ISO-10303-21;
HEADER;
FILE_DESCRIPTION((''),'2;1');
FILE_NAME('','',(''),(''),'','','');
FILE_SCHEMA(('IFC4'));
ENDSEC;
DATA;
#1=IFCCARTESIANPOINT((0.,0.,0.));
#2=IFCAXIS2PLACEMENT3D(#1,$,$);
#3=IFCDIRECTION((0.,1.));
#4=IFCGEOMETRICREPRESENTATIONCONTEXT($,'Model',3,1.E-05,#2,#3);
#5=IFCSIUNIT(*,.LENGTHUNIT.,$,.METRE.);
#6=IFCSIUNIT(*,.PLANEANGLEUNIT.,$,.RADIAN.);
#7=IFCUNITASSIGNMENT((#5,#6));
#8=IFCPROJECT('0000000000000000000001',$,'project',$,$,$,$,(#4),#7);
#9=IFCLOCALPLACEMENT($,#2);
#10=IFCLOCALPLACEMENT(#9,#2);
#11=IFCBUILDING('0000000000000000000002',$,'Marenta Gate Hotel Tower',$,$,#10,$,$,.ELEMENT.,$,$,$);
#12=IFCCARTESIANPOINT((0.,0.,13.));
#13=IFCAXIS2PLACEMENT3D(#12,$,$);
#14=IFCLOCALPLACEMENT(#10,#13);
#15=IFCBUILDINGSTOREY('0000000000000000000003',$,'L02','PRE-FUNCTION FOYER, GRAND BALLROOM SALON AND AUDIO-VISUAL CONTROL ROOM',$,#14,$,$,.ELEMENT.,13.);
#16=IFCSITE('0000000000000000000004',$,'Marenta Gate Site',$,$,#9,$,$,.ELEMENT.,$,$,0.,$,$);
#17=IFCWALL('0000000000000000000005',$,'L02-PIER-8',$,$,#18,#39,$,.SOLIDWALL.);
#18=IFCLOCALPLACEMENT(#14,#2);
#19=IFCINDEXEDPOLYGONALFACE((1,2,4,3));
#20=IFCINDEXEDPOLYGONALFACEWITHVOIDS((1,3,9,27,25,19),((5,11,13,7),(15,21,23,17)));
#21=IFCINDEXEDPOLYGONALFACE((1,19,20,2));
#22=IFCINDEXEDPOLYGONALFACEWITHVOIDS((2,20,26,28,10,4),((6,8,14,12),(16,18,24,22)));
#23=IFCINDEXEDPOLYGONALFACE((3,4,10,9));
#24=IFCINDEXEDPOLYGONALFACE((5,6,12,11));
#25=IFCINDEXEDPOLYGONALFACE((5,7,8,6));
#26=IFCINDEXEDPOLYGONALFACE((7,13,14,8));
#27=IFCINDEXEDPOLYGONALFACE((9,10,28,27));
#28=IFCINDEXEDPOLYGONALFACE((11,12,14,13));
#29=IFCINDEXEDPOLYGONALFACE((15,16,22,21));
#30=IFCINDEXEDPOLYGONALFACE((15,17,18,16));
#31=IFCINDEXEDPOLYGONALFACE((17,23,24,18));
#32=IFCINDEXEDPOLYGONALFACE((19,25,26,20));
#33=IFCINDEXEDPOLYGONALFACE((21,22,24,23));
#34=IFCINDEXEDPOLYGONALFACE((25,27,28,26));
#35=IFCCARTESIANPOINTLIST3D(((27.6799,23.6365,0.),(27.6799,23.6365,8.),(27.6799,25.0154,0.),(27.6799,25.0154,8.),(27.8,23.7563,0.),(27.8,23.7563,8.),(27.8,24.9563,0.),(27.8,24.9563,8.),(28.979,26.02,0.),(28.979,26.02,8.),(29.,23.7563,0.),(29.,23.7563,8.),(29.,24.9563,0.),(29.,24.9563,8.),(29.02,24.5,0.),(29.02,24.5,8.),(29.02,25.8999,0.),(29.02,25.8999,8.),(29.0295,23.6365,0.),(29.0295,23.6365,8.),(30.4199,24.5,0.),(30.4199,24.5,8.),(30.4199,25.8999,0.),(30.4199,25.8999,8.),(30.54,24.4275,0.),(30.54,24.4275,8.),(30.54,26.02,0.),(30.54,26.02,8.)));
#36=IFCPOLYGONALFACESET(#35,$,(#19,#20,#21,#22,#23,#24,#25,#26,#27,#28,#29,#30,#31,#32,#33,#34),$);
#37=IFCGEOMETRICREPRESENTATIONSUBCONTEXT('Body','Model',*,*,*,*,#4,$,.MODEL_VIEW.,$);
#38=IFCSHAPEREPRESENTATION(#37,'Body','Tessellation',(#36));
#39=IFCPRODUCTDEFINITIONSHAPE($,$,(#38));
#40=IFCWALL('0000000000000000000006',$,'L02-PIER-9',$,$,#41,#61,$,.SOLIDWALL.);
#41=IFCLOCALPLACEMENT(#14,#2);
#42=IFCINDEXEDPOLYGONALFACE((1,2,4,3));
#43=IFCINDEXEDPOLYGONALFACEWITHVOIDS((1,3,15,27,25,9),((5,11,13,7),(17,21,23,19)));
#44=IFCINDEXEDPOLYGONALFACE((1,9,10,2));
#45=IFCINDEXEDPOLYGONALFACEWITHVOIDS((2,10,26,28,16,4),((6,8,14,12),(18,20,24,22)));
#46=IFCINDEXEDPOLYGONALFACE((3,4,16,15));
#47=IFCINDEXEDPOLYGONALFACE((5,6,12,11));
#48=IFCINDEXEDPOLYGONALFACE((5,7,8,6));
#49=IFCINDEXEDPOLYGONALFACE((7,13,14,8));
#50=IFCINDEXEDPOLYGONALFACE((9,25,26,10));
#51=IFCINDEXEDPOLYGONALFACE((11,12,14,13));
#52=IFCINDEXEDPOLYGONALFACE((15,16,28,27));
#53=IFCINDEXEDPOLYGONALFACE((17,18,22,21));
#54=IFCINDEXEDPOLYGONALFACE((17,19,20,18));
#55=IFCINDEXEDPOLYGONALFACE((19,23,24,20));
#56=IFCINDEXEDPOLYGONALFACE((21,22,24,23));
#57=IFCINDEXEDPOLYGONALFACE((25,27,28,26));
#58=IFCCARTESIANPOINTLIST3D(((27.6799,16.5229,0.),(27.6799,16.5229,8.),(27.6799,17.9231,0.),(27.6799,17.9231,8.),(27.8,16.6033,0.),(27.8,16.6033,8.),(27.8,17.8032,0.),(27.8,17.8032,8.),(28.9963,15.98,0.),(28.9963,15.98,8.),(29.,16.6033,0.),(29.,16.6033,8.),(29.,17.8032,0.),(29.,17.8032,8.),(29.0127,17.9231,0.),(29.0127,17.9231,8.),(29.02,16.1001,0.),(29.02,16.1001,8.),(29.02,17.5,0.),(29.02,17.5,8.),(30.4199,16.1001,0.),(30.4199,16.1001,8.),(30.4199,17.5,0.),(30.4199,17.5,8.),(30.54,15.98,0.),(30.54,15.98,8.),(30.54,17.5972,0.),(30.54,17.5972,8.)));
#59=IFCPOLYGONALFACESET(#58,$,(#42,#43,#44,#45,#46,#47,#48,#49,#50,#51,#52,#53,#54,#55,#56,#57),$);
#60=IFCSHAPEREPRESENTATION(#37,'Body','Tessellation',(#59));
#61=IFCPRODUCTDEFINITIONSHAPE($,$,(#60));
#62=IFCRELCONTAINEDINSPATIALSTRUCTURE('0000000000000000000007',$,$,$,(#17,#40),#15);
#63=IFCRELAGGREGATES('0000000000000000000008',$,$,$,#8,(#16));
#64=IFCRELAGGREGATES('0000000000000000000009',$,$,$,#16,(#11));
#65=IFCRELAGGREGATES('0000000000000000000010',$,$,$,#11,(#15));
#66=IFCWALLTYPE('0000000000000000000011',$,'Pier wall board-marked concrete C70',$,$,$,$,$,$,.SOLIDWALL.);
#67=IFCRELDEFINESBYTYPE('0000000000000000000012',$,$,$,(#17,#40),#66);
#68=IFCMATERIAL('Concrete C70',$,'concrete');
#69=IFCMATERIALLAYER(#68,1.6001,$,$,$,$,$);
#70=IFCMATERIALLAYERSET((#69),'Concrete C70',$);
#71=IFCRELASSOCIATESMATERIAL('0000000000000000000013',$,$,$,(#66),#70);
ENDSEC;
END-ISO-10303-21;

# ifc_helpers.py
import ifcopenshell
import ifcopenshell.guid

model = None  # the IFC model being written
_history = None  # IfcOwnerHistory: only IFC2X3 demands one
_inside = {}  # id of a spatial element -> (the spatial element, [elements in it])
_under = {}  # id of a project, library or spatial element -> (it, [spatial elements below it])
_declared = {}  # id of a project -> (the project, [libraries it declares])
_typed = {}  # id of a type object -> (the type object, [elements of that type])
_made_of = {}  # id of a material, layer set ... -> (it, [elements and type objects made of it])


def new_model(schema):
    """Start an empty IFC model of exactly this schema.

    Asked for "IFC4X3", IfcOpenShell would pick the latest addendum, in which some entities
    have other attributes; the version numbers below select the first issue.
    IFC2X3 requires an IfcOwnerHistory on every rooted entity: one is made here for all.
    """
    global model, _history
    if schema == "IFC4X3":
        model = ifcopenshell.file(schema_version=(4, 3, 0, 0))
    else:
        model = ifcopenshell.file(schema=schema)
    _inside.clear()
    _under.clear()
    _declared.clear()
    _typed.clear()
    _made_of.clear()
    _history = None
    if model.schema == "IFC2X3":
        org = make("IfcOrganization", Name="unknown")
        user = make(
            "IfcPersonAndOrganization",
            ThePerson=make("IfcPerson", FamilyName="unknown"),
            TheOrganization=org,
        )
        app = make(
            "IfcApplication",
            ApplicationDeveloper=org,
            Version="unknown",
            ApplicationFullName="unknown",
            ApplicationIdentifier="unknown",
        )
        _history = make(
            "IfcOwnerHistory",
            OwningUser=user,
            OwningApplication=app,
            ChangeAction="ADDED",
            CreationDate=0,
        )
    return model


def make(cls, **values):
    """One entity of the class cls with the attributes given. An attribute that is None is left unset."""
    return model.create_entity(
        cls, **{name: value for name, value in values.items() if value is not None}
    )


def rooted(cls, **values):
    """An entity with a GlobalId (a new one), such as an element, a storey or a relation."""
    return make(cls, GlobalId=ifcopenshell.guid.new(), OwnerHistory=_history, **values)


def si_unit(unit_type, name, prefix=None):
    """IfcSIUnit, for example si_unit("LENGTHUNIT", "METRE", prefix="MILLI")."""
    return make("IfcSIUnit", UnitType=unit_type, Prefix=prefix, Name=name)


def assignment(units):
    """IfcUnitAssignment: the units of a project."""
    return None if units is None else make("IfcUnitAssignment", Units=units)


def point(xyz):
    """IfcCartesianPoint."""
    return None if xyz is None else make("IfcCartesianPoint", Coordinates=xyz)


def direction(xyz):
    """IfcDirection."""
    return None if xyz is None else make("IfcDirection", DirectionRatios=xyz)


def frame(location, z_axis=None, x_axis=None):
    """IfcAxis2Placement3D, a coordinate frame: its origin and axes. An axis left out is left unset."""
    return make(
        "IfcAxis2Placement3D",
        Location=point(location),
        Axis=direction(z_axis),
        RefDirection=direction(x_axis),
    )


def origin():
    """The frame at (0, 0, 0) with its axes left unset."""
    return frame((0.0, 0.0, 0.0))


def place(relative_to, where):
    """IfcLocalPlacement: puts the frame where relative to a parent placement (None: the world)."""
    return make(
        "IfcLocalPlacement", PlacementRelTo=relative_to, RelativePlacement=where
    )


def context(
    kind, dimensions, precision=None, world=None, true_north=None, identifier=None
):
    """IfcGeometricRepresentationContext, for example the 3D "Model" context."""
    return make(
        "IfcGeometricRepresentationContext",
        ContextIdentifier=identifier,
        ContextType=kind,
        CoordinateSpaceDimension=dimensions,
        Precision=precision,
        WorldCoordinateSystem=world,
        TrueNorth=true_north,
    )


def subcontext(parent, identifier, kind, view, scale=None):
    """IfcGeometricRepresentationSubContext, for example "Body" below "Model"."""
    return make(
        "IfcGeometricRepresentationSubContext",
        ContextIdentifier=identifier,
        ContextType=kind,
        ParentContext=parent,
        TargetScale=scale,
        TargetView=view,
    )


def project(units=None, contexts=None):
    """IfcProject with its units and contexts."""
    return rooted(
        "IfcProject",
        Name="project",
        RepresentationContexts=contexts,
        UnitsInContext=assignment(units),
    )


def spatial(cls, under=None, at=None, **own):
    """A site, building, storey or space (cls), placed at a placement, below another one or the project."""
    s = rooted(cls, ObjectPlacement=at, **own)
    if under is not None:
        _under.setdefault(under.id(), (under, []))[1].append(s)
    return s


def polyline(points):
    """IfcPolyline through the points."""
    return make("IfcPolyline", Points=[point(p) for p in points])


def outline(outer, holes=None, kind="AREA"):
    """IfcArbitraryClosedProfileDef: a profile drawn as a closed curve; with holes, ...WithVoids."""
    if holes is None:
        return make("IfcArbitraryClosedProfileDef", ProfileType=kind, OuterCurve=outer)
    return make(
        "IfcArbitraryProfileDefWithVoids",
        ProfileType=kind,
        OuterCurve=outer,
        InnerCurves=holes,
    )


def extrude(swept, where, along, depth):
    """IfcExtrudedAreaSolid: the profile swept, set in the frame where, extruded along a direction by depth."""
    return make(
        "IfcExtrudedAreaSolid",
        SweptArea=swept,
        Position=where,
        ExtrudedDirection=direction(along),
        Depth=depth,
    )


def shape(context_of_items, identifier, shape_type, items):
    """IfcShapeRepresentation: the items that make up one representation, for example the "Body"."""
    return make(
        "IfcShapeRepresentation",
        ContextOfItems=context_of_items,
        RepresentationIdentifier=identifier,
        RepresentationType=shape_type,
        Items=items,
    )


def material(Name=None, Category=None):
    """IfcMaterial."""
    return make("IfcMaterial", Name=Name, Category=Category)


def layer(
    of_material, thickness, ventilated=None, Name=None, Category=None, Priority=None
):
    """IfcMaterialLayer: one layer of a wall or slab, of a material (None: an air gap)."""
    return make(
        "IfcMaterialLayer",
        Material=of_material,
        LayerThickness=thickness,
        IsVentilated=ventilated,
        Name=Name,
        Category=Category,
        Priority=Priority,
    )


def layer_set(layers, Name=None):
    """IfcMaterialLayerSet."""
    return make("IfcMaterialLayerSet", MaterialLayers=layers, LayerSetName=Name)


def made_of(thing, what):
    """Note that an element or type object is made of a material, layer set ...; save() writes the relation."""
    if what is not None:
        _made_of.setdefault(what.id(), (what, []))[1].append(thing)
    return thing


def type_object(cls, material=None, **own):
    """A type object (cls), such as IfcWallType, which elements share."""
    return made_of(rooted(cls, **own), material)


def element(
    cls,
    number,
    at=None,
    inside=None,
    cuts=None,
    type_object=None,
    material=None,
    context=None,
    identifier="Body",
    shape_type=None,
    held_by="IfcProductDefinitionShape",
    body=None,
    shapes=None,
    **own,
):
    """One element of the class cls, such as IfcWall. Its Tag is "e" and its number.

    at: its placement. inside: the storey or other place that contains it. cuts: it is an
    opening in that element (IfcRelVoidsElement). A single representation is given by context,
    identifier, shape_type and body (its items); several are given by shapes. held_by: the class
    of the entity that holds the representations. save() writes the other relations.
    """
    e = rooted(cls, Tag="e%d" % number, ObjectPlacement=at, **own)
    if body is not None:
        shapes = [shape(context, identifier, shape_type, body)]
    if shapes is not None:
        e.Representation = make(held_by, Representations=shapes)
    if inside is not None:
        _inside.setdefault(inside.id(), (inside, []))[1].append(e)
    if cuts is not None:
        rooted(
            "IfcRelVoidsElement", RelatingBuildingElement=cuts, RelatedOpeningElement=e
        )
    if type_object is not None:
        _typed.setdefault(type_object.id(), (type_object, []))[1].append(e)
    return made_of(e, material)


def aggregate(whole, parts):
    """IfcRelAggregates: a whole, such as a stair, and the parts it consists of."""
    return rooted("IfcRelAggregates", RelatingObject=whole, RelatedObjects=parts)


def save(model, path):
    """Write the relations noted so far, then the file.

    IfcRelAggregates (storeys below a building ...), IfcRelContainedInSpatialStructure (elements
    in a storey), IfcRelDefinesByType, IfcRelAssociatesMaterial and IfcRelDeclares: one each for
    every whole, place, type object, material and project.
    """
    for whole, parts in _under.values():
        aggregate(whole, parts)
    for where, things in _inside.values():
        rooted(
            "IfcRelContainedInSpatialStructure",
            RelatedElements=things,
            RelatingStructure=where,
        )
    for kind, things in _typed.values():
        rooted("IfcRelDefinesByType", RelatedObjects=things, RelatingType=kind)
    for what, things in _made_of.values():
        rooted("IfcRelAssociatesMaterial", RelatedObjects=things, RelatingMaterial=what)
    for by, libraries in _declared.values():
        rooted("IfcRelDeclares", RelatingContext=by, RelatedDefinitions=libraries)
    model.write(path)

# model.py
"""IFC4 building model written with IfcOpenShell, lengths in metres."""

from ifc_helpers import new_model, si_unit, direction, frame, origin, place, context, subcontext, project, spatial, polyline, outline, extrude, material, layer, layer_set, type_object, element, save


model = new_model("IFC4")

# Units and contexts
model_context = context("Model", 3, precision=1e-05, world=origin(), true_north=direction((0.0, 1.0)))
body_context = subcontext(model_context, "Body", "Model", "MODEL_VIEW")
ifc_project = project(units=[si_unit("LENGTHUNIT", "METRE"), si_unit("PLANEANGLEUNIT", "RADIAN")], contexts=[model_context])

# Site, building, storey
site_placement = place(None, origin())
site = spatial("IfcSite", under=ifc_project, at=site_placement, Name="Marenta Gate Site", CompositionType="ELEMENT", RefElevation=0.0)
building_placement = place(site_placement, origin())
building = spatial("IfcBuilding", under=site, at=building_placement, Name="Marenta Gate Hotel Tower", CompositionType="ELEMENT")
storey_placement = place(building_placement, frame((0.0, 0.0, 13.0)))
storey = spatial("IfcBuildingStorey", under=building, at=storey_placement, Name="L02", Description="PRE-FUNCTION FOYER, GRAND BALLROOM SALON AND AUDIO-VISUAL CONTROL ROOM", CompositionType="ELEMENT", Elevation=13.0)

# Walls
ifc_material_1 = material(Name="Concrete C70", Category="concrete")
ifc_layer_1 = layer(ifc_material_1, 1.6001)
ifc_layer_set_1 = layer_set([ifc_layer_1], Name="Concrete C70")
wall_type = type_object("IfcWallType", Name="Pier wall board-marked concrete C70", PredefinedType="SOLIDWALL", material=ifc_layer_set_1)
wall_1_placement = place(storey_placement, origin())
element("IfcWall", 1, at=wall_1_placement, inside=storey, type_object=wall_type, Name="L02-PIER-8", PredefinedType="SOLIDWALL", context=body_context, shape_type="SweptSolid", body=[
    extrude(outline(polyline([(27.6799, 25.0154), (28.979, 26.02), (30.54, 26.02), (30.54, 24.4275), (29.0295, 23.6365), (27.6799, 23.6365), (27.6799, 25.0154)]), holes=[polyline([(29.02, 24.5), (30.4199, 24.5), (30.4199, 25.8999), (29.02, 25.8999), (29.02, 24.5)]), polyline([(27.8, 23.7563), (29.0, 23.7563), (29.0, 24.9563), (27.8, 24.9563), (27.8, 23.7563)])]), origin(), (0.0, 0.0, 1.0), 8.0),
])
wall_2_placement = place(storey_placement, origin())
element("IfcWall", 2, at=wall_2_placement, inside=storey, type_object=wall_type, Name="L02-PIER-9", PredefinedType="SOLIDWALL", context=body_context, shape_type="SweptSolid", body=[
    extrude(outline(polyline([(27.6799, 16.5229), (27.6799, 17.9231), (29.0127, 17.9231), (30.54, 17.5972), (30.54, 15.98), (28.9963, 15.98), (27.6799, 16.5229)]), holes=[polyline([(29.02, 16.1001), (30.4199, 16.1001), (30.4199, 17.5), (29.02, 17.5), (29.02, 16.1001)]), polyline([(27.8, 16.6033), (29.0, 16.6033), (29.0, 17.8032), (27.8, 17.8032), (27.8, 16.6033)])]), origin(), (0.0, 0.0, 1.0), 8.0),
])

save(model, "model.ifc")
